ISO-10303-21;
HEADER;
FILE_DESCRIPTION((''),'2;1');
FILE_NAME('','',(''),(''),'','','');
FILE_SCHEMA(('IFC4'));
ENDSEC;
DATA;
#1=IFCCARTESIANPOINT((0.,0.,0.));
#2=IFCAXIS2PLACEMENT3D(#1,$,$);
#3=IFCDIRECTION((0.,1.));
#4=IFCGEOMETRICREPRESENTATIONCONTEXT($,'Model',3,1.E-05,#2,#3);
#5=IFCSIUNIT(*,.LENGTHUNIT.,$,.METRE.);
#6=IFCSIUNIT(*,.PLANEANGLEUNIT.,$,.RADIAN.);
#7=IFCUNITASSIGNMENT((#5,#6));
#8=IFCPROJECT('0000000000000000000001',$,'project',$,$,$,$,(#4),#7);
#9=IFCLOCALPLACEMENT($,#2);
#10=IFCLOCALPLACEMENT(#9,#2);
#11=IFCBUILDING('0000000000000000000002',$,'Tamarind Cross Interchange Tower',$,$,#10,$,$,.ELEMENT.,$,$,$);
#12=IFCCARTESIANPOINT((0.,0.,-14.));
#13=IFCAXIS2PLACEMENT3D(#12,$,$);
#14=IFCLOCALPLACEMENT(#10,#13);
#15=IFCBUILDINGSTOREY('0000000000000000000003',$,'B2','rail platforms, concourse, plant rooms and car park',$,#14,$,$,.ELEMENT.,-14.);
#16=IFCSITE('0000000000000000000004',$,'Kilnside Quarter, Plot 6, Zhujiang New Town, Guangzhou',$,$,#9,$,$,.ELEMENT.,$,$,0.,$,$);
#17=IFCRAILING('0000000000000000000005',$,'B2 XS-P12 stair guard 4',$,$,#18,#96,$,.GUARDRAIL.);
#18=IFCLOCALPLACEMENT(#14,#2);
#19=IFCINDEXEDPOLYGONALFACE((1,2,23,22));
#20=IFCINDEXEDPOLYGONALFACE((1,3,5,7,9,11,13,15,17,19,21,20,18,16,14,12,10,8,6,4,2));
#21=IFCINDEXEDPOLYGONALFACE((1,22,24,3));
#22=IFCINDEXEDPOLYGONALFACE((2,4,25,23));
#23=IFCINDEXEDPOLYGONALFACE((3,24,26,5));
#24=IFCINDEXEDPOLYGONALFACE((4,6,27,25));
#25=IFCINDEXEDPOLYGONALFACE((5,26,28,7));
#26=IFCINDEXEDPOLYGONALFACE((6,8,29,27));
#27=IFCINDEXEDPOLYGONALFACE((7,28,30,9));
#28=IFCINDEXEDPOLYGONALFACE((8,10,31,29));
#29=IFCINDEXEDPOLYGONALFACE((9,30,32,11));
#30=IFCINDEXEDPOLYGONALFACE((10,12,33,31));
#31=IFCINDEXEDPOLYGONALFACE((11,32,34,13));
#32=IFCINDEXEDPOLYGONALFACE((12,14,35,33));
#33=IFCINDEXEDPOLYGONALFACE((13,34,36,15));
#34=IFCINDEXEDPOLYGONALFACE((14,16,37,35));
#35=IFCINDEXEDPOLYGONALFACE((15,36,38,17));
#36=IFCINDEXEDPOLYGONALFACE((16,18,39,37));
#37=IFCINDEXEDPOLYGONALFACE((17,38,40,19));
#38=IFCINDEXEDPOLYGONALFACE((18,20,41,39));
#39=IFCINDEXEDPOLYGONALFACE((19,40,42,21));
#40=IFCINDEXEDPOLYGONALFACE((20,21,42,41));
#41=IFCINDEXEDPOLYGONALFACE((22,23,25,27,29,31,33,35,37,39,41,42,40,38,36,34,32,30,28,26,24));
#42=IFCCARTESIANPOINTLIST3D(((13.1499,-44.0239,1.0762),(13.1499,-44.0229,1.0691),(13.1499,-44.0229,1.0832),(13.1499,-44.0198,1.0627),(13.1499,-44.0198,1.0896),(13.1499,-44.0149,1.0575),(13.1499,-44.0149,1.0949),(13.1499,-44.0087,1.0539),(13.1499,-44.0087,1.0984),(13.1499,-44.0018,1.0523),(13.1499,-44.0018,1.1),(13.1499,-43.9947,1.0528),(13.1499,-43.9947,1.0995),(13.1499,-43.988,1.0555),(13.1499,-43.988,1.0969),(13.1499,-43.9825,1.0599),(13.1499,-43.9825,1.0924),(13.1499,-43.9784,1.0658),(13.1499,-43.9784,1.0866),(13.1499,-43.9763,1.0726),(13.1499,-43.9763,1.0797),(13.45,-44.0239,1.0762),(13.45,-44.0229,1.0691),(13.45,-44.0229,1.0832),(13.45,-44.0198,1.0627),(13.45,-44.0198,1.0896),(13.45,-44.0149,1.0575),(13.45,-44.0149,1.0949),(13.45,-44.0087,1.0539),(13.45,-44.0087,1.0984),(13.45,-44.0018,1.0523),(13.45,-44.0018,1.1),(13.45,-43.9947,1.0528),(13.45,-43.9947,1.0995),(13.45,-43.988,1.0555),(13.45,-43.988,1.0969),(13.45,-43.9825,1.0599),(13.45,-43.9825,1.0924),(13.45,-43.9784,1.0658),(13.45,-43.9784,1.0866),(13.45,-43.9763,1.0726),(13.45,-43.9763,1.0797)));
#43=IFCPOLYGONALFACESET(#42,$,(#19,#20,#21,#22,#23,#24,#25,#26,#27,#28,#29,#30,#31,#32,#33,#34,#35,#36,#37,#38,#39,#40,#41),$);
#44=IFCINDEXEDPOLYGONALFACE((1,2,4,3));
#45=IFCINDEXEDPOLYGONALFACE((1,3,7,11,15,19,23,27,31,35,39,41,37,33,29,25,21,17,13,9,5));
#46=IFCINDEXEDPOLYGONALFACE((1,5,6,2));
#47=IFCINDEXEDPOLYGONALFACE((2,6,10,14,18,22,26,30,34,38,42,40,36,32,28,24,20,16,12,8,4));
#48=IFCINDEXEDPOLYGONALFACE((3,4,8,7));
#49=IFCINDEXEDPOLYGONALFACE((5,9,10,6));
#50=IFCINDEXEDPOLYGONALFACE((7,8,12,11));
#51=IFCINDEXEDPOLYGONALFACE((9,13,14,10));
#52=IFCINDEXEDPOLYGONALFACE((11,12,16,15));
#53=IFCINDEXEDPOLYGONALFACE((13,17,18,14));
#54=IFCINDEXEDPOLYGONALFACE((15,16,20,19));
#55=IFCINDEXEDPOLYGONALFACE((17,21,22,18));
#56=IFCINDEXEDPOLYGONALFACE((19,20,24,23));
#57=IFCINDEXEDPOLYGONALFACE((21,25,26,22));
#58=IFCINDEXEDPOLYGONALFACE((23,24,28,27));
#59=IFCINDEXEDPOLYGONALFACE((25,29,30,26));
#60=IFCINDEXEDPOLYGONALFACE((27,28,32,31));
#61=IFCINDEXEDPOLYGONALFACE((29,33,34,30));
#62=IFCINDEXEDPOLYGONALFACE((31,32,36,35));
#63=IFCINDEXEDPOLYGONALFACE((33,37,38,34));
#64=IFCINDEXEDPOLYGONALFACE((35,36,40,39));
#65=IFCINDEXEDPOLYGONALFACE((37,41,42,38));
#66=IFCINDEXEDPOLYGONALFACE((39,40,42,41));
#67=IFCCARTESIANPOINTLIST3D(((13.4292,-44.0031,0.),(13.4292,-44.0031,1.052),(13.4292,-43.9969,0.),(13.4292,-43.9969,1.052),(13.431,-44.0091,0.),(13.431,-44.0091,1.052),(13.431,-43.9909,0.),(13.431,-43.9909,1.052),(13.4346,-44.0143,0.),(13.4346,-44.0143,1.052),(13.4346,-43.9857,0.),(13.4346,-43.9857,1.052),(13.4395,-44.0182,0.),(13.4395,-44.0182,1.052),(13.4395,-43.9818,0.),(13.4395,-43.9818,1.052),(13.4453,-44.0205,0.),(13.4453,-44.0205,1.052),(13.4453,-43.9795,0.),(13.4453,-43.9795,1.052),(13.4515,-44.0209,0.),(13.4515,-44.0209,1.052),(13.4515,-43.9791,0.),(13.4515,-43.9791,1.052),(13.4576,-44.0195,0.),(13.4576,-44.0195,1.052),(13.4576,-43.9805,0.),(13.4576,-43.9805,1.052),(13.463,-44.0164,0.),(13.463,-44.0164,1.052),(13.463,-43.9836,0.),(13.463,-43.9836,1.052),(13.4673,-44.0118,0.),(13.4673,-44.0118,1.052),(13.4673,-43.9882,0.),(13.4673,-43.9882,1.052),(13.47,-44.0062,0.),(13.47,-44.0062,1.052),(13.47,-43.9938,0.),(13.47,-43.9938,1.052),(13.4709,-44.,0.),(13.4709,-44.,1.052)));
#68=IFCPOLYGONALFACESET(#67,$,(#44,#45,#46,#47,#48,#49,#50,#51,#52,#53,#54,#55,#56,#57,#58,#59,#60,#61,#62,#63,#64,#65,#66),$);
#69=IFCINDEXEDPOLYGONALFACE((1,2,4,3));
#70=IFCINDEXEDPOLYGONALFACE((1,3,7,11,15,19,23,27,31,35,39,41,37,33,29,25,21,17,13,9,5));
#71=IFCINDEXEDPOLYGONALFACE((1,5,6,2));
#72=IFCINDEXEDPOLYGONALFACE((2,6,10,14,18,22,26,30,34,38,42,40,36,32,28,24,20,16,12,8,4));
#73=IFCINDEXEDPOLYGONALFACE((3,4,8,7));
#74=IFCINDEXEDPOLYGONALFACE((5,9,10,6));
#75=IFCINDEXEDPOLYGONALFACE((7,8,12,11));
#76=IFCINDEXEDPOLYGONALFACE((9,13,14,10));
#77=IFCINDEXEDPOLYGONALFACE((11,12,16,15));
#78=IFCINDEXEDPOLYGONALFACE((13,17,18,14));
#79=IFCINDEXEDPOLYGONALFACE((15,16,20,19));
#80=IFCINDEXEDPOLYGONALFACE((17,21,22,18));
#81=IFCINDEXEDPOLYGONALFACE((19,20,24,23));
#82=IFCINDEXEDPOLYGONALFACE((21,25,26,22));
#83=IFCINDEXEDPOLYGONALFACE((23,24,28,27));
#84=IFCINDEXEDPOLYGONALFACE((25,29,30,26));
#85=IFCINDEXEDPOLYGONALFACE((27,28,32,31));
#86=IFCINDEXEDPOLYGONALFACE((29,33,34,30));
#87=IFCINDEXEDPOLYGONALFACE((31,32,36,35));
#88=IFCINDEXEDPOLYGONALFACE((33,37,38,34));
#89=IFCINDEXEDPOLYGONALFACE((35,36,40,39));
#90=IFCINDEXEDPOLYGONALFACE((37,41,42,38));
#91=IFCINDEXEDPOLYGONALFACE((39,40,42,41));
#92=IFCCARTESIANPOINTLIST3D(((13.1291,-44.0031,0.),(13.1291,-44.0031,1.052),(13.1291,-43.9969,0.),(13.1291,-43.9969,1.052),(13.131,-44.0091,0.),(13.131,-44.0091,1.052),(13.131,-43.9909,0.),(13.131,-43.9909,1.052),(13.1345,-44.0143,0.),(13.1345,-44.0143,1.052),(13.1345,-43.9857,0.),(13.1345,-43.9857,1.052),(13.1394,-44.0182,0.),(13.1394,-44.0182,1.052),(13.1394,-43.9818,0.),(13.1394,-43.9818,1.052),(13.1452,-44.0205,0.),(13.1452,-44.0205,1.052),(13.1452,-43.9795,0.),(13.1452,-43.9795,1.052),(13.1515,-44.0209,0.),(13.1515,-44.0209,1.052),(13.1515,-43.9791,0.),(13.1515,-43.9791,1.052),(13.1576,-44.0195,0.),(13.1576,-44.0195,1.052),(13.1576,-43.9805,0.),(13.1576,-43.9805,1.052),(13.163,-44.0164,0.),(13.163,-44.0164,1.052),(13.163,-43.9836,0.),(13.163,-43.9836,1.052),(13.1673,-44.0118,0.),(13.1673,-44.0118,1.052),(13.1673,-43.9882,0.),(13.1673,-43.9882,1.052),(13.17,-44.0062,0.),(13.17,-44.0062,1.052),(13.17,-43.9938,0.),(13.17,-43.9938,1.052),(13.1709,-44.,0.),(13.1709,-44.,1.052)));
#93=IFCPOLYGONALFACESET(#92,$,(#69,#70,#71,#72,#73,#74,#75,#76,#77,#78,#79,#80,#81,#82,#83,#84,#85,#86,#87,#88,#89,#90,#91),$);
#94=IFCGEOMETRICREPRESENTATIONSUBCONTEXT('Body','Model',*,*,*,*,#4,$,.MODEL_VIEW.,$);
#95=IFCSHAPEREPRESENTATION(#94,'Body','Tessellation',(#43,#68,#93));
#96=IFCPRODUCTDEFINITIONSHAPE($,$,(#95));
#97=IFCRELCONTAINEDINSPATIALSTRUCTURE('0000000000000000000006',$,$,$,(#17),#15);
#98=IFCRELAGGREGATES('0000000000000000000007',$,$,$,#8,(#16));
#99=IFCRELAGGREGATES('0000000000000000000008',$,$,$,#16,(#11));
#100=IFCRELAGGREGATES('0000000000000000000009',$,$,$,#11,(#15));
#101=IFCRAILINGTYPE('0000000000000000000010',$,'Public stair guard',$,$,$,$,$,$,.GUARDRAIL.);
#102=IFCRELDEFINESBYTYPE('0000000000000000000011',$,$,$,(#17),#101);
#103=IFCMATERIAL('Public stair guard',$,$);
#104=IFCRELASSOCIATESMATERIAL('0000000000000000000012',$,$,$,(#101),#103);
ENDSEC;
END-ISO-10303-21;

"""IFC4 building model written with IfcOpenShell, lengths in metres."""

from ifc_helpers import new_model, si_unit, direction, frame, origin, origin_2d, place, context, subcontext, project, spatial, circle, extrude, material, type_object, element, save


model = new_model("IFC4")

# Units and contexts
model_context = context("Model", 3, precision=1e-05, world=origin(), true_north=direction((0.0, 1.0)))
body_context = subcontext(model_context, "Body", "Model", "MODEL_VIEW")
ifc_project = project(units=[si_unit("LENGTHUNIT", "METRE"), si_unit("PLANEANGLEUNIT", "RADIAN")], contexts=[model_context])

# Site, building, storey
site_placement = place(None, origin())
site = spatial("IfcSite", under=ifc_project, at=site_placement, Name="Kilnside Quarter, Plot 6, Zhujiang New Town, Guangzhou", CompositionType="ELEMENT", RefElevation=0.0)
building_placement = place(site_placement, origin())
building = spatial("IfcBuilding", under=site, at=building_placement, Name="Tamarind Cross Interchange Tower", CompositionType="ELEMENT")
storey_placement = place(building_placement, frame((0.0, 0.0, -14.0)))
storey = spatial("IfcBuildingStorey", under=building, at=storey_placement, Name="B2", Description="rail platforms, concourse, plant rooms and car park", CompositionType="ELEMENT", Elevation=-14.0)

# Railing
ifc_material_1 = material(Name="Public stair guard")
railing_type_1 = type_object("IfcRailingType", Name="Public stair guard", PredefinedType="GUARDRAIL", material=ifc_material_1)
railing_1_placement = place(storey_placement, frame((13.45, -44.0, 0.0)))
element("IfcRailing", 1, at=railing_1_placement, inside=storey, type_object=railing_type_1, Name="B2 XS-P12 stair guard 4", PredefinedType="GUARDRAIL", context=body_context, shape_type="SweptSolid", body=[
    extrude(circle(Radius=0.0239, at=origin_2d()), frame((0.0, 0.0, 1.0762), z_axis=(-1.0, 0.0, 0.0), x_axis=(0.0, -1.0, 0.0)), (0.0, 0.0, 1.0), 0.3),
    extrude(circle(Radius=0.021, at=origin_2d()), origin(), (0.0, 0.0, 1.0), 1.052),
    extrude(circle(Radius=0.021, at=origin_2d()), frame((-0.3, 0.0, 0.0)), (0.0, 0.0, 1.0), 1.052),
])

save(model, "model.ifc")
